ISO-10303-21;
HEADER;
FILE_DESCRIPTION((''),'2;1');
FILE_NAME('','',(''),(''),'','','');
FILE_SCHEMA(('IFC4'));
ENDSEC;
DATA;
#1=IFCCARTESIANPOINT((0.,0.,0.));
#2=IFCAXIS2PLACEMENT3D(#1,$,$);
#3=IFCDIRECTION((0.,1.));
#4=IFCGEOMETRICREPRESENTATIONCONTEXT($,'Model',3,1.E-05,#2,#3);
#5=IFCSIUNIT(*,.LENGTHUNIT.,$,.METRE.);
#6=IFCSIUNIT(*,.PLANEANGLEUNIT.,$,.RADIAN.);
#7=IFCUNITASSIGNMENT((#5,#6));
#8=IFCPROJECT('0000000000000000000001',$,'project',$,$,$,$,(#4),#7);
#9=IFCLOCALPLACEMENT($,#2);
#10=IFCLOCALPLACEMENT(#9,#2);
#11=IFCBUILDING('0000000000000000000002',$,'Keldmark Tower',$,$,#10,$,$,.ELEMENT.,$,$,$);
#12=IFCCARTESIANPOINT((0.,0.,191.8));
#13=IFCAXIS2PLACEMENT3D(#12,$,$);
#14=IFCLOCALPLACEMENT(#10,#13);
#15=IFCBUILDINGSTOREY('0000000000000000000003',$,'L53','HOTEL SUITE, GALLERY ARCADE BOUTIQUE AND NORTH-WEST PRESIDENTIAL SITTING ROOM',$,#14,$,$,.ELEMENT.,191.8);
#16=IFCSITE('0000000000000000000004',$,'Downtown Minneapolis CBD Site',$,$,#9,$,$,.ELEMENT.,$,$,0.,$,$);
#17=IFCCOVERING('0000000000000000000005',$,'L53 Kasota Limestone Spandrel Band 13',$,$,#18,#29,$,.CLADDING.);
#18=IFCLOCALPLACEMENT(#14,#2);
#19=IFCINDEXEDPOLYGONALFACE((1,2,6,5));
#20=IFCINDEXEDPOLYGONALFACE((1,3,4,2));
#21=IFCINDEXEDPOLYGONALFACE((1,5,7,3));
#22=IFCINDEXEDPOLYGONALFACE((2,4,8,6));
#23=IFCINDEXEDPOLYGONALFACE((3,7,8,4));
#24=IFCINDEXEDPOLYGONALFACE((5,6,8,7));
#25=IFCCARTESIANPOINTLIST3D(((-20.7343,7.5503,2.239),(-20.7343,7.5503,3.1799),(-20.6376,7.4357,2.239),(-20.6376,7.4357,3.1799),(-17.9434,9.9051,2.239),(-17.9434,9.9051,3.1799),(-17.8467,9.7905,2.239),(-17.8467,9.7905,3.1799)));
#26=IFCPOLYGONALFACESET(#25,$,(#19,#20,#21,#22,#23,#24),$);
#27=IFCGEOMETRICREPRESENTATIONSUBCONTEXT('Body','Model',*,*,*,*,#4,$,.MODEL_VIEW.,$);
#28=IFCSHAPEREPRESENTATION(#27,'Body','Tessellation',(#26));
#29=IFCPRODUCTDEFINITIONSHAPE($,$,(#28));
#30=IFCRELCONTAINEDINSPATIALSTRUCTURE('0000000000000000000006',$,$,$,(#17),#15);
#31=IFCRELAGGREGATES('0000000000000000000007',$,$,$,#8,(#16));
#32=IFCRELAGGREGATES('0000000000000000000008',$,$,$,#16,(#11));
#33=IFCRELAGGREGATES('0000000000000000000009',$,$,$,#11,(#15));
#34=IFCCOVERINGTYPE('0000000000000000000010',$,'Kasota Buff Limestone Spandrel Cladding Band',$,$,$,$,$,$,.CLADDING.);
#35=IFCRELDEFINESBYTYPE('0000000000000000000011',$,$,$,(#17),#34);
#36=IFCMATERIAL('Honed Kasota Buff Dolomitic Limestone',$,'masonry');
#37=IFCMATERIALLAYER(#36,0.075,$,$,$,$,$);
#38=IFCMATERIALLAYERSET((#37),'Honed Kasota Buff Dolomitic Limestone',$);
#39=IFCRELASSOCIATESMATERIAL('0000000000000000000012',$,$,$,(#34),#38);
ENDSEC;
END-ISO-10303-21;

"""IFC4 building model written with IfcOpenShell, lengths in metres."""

from ifc_helpers import new_model, si_unit, direction, frame, origin, origin_2d, place, context, subcontext, project, spatial, rectangle, extrude, material, layer, layer_set, type_object, element, save


model = new_model("IFC4")

# Units and contexts
model_context = context("Model", 3, precision=1e-05, world=origin(), true_north=direction((0.0, 1.0)))
body_context = subcontext(model_context, "Body", "Model", "MODEL_VIEW")
ifc_project = project(units=[si_unit("LENGTHUNIT", "METRE"), si_unit("PLANEANGLEUNIT", "RADIAN")], contexts=[model_context])

# Site, building, storey
site_placement = place(None, origin())
site = spatial("IfcSite", under=ifc_project, at=site_placement, Name="Downtown Minneapolis CBD Site", CompositionType="ELEMENT", RefElevation=0.0)
building_placement = place(site_placement, origin())
building = spatial("IfcBuilding", under=site, at=building_placement, Name="Keldmark Tower", CompositionType="ELEMENT")
storey_placement = place(building_placement, frame((0.0, 0.0, 191.8)))
storey = spatial("IfcBuildingStorey", under=building, at=storey_placement, Name="L53", Description="HOTEL SUITE, GALLERY ARCADE BOUTIQUE AND NORTH-WEST PRESIDENTIAL SITTING ROOM", CompositionType="ELEMENT", Elevation=191.8)

# Covering
ifc_material_1 = material(Name="Honed Kasota Buff Dolomitic Limestone", Category="masonry")
ifc_layer_1 = layer(ifc_material_1, 0.075)
ifc_layer_set_1 = layer_set([ifc_layer_1], Name="Honed Kasota Buff Dolomitic Limestone")
covering_type = type_object("IfcCoveringType", Name="Kasota Buff Limestone Spandrel Cladding Band", PredefinedType="CLADDING", material=ifc_layer_set_1)
covering_placement = place(storey_placement, frame((-19.2905, 8.6704, 2.239), z_axis=(0.0, 0.0, 1.0), x_axis=(-0.764291, -0.644871, 0.0)))
element("IfcCovering", 1, at=covering_placement, inside=storey, type_object=covering_type, Name="L53 Kasota Limestone Spandrel Band 13", PredefinedType="CLADDING", context=body_context, shape_type="SweptSolid", body=[
    extrude(rectangle(XDim=3.6516, YDim=0.1499, at=origin_2d()), origin(), (0.0, 0.0, 1.0), 0.9409),
])

save(model, "model.ifc")
